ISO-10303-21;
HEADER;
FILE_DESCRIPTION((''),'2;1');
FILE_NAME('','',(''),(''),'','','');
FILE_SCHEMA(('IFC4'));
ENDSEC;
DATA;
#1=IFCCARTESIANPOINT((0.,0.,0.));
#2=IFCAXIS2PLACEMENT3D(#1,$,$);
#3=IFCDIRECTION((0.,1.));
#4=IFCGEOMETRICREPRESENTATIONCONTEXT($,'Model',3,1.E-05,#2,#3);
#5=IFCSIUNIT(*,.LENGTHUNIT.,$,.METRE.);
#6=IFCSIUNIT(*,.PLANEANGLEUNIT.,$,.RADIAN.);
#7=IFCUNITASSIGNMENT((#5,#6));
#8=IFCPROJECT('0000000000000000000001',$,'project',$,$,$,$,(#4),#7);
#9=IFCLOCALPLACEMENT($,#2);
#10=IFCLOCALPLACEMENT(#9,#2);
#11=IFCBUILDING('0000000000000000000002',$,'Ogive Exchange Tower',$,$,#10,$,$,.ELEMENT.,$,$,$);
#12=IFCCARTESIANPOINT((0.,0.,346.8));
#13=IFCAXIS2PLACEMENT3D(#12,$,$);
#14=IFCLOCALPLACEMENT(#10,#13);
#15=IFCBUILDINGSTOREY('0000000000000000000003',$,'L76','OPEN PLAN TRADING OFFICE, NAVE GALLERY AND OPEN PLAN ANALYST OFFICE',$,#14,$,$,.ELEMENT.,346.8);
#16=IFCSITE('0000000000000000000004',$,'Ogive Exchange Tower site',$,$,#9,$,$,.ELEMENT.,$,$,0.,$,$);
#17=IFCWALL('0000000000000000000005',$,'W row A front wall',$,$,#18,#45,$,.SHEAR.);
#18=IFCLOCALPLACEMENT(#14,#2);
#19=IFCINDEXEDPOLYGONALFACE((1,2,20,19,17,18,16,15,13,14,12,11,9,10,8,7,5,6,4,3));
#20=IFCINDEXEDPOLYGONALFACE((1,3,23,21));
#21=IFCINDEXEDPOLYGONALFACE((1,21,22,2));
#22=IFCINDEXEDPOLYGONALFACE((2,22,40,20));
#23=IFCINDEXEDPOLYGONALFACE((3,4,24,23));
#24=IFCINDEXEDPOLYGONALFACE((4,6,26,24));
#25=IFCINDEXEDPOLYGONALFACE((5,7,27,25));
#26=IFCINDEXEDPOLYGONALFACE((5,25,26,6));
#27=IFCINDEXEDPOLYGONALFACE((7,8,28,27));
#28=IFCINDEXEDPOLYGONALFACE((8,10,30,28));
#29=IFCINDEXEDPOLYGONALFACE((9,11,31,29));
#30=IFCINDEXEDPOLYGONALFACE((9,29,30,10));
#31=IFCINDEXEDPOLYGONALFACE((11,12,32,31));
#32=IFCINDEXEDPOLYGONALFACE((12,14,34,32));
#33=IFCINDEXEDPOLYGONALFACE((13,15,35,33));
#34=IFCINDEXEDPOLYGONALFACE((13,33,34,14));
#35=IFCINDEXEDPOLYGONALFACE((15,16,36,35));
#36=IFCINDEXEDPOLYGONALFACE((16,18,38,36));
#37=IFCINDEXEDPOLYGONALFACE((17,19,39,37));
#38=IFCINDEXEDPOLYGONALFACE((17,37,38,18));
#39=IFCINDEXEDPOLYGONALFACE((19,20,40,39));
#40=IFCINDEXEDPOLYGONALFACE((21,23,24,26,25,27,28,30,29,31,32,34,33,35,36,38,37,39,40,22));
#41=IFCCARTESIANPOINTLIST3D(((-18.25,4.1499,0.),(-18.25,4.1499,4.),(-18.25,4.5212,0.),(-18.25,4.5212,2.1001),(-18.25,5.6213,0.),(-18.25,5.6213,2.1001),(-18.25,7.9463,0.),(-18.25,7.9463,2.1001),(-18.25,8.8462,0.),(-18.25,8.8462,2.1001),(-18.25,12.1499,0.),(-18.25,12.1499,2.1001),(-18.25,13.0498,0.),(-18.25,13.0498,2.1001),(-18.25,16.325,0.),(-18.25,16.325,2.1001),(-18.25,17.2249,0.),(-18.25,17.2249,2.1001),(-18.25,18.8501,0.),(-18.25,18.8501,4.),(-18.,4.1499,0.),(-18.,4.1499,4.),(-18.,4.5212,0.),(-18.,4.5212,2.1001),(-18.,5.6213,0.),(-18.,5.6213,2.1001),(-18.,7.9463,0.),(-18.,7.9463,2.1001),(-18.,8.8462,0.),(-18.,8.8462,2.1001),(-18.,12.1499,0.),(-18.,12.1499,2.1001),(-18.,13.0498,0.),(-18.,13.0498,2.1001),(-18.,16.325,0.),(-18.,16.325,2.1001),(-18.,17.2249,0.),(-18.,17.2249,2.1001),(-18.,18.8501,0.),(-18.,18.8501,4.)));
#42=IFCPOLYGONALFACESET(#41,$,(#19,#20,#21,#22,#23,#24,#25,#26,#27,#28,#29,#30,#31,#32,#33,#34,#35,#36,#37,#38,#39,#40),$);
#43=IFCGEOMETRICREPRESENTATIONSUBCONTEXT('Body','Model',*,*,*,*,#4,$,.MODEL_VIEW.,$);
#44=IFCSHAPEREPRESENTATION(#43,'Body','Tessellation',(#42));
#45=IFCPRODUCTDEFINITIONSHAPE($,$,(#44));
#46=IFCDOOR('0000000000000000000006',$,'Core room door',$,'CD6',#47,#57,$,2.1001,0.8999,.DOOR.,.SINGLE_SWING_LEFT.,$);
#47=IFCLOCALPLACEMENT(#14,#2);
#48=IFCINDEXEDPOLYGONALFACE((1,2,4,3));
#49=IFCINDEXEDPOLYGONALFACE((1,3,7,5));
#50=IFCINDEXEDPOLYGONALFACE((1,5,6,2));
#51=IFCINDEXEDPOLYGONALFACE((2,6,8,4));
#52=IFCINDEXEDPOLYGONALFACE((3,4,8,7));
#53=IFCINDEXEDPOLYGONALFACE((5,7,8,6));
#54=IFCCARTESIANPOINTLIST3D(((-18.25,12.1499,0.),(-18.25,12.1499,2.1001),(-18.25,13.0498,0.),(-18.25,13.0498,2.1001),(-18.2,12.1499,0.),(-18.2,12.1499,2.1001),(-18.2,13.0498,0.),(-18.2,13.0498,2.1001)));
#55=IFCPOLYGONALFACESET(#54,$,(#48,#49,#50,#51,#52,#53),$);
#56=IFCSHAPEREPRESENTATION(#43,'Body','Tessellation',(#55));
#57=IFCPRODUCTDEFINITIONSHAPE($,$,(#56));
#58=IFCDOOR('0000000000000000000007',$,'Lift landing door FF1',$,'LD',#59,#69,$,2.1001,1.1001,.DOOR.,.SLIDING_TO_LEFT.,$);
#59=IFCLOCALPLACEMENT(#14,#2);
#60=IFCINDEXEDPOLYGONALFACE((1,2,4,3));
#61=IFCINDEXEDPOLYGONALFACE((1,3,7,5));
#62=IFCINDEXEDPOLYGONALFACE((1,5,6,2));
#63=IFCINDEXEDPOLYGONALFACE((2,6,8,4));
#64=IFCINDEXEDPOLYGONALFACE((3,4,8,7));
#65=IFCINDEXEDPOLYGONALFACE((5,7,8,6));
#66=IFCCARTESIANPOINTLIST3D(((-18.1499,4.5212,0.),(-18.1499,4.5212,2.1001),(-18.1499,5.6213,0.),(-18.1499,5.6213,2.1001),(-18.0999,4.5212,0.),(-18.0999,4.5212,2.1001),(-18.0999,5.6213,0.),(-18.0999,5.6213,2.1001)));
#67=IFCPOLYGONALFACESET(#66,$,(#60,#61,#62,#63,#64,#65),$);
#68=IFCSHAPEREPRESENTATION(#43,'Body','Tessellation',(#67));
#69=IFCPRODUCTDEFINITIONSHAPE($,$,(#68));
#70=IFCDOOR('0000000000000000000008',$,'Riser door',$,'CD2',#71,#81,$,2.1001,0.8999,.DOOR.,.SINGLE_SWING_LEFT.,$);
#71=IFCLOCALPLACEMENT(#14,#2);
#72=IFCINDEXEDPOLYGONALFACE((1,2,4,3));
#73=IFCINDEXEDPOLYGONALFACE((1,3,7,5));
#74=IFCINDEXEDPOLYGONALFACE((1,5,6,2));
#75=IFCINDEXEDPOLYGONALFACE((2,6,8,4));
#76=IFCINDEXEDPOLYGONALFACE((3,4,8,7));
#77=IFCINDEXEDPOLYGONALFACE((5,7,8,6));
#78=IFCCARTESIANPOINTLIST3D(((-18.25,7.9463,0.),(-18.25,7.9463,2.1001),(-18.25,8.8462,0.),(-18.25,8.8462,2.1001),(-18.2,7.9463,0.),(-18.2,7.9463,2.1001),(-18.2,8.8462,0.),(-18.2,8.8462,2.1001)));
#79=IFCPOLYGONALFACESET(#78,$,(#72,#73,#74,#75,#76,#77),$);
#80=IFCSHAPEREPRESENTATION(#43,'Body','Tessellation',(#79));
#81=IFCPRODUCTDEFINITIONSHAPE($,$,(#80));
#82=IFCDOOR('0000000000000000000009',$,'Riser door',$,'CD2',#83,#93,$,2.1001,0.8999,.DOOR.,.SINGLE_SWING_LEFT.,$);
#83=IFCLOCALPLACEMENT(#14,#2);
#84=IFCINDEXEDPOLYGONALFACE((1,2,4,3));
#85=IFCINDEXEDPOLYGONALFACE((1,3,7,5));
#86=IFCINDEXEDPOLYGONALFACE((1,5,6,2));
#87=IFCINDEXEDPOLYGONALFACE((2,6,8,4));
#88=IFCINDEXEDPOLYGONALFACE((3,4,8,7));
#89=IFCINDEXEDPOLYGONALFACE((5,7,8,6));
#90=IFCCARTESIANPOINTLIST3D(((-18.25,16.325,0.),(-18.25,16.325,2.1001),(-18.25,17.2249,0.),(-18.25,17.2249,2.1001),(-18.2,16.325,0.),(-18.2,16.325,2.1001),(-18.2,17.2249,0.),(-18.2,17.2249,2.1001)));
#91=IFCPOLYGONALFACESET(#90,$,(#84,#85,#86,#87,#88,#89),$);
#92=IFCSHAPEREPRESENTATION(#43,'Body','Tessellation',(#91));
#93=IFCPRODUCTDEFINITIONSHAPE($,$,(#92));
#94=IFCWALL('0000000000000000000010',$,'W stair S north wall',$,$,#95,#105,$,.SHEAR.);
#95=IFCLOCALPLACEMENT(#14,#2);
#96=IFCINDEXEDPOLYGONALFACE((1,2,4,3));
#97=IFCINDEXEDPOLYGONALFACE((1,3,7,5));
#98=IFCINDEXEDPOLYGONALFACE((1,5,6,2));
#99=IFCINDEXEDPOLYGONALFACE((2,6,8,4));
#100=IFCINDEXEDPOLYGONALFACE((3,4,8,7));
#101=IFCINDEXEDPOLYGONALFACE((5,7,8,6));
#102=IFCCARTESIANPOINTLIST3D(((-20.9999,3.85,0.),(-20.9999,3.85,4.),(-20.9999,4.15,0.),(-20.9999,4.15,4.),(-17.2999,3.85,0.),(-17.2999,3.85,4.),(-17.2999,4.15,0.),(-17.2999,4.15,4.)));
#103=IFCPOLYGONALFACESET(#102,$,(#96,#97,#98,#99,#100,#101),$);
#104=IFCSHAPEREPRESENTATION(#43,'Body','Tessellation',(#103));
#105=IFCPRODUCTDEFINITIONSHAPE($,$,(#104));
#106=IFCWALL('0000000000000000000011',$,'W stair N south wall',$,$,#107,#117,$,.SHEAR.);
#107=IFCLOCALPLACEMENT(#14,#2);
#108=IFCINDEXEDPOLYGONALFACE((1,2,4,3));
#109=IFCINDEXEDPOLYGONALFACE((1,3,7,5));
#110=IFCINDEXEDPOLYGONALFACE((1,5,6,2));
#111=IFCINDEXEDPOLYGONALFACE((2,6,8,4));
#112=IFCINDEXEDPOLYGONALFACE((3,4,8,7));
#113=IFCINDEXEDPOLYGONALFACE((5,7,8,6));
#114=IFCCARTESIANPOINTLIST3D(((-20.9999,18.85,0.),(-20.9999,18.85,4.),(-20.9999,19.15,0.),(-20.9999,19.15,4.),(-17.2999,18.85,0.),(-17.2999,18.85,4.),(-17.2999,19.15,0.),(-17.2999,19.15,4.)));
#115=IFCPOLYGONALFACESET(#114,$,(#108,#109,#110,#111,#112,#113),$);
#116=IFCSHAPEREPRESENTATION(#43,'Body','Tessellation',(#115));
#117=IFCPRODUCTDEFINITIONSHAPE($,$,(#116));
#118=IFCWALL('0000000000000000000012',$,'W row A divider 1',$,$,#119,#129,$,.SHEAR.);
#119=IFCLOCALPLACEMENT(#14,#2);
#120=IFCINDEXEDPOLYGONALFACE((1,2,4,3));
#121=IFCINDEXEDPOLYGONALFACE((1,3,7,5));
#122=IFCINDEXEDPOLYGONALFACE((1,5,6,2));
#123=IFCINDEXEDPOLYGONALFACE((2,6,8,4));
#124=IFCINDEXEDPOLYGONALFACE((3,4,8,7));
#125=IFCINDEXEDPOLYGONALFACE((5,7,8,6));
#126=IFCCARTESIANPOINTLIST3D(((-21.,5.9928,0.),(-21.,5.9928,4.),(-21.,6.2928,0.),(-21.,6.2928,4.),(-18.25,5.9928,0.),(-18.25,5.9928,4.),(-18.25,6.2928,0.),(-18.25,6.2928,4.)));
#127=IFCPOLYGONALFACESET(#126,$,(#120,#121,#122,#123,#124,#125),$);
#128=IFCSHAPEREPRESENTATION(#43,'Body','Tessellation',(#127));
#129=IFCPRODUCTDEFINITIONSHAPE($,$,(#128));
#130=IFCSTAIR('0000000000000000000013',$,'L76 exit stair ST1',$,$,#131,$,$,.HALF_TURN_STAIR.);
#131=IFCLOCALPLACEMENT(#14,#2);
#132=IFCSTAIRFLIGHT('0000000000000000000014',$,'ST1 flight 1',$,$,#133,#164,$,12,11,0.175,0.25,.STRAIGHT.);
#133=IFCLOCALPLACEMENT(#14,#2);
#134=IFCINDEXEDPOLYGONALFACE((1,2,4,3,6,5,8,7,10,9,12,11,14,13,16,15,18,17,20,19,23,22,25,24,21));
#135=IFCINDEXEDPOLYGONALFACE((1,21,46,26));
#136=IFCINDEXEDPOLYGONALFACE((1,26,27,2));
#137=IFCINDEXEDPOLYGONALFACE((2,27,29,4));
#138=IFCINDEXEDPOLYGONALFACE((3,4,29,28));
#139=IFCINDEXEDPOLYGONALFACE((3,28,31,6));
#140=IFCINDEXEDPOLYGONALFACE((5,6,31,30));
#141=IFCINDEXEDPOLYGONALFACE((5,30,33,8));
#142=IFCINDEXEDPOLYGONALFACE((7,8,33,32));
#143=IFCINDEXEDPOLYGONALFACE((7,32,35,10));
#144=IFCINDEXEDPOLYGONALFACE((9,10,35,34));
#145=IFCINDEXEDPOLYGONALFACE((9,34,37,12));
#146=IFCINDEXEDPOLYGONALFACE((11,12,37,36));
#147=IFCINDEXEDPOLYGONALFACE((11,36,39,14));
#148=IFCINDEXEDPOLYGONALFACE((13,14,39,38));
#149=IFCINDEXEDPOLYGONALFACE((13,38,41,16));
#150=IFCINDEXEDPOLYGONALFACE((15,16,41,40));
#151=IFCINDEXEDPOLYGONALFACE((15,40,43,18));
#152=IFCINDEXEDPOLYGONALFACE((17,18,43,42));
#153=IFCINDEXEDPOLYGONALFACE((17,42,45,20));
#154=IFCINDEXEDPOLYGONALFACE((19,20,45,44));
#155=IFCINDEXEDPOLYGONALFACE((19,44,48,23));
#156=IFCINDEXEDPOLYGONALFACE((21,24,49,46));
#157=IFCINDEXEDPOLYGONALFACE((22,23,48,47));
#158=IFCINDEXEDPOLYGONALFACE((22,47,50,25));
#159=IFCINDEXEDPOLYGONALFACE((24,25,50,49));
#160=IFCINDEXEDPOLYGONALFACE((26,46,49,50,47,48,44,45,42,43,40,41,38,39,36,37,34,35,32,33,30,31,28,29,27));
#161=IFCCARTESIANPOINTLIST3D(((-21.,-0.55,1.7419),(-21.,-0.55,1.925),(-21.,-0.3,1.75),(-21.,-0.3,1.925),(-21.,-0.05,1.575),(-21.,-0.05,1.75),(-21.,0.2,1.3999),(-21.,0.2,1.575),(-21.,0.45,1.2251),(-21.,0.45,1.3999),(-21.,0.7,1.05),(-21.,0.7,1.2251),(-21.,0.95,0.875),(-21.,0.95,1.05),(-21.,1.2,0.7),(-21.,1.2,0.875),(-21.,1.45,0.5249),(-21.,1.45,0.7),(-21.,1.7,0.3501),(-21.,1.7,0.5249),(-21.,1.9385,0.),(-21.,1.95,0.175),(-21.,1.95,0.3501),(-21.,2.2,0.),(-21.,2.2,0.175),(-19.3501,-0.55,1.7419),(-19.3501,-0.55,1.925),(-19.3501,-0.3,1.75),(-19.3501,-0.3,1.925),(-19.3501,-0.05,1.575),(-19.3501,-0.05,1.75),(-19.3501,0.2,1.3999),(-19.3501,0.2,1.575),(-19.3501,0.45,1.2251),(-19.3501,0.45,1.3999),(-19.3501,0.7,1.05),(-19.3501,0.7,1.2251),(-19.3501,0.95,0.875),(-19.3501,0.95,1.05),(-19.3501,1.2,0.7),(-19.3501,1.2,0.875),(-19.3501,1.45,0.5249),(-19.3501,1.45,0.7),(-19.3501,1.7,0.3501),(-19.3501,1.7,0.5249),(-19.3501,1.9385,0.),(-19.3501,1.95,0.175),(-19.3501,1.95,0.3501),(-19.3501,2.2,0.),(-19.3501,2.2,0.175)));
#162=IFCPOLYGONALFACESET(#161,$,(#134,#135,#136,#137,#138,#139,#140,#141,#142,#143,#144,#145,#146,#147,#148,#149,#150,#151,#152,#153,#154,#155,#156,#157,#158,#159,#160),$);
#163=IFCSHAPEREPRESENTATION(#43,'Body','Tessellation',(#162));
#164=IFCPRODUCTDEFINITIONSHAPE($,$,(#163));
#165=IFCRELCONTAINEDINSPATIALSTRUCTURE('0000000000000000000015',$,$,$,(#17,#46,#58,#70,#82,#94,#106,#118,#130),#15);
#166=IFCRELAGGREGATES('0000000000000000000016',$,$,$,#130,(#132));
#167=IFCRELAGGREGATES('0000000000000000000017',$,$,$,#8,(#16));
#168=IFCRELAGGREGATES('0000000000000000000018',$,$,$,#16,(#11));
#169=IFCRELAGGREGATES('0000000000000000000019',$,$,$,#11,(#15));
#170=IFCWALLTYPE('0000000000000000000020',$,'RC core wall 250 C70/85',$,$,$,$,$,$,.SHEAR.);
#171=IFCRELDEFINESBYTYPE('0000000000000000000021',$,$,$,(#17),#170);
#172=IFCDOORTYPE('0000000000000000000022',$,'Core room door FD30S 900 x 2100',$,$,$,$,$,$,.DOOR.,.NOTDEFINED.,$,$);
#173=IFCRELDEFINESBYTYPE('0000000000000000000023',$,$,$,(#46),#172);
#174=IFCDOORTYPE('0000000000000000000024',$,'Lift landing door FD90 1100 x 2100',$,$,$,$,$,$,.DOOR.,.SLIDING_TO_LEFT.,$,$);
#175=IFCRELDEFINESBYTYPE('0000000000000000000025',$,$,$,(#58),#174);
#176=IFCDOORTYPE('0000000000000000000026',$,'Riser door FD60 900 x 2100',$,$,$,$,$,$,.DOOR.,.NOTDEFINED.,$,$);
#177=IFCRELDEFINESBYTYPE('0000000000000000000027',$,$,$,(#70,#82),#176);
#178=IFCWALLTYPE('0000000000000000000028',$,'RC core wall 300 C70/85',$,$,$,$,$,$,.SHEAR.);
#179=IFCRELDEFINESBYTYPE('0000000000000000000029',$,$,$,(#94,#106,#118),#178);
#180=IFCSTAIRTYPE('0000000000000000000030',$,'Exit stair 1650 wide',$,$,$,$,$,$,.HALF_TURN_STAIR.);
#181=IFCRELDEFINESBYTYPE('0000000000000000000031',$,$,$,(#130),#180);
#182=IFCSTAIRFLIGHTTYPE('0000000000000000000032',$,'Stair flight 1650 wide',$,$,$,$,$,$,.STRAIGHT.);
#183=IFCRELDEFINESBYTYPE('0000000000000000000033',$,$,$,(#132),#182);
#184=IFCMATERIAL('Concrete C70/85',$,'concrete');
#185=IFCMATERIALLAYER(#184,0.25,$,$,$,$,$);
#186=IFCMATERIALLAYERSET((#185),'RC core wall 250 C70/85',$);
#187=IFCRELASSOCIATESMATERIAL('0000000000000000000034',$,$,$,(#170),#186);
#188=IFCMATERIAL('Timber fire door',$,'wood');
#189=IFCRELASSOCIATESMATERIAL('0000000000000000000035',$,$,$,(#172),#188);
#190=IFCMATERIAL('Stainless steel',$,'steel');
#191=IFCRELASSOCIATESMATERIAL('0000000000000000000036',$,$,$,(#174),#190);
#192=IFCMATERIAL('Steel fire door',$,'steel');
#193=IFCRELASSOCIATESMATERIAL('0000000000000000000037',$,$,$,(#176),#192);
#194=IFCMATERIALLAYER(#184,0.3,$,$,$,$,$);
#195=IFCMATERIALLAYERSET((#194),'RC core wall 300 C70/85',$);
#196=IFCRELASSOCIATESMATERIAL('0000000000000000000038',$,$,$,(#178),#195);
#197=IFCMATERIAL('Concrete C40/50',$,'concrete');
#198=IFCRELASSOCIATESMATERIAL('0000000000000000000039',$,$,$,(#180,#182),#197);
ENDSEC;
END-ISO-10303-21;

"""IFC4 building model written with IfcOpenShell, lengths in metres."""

from ifc_helpers import new_model, si_unit, direction, frame, frame_2d, origin, place, context, subcontext, project, spatial, polyline, rectangle, outline, extrude, material, layer, layer_set, type_object, element, fill, aggregate, save


model = new_model("IFC4")

# Units and contexts
model_context = context("Model", 3, precision=1e-05, world=origin(), true_north=direction((0.0, 1.0)))
body_context = subcontext(model_context, "Body", "Model", "MODEL_VIEW")
ifc_project = project(units=[si_unit("LENGTHUNIT", "METRE"), si_unit("PLANEANGLEUNIT", "RADIAN")], contexts=[model_context])

# Site, building, storey
site_placement = place(None, origin())
site = spatial("IfcSite", under=ifc_project, at=site_placement, Name="Ogive Exchange Tower site", CompositionType="ELEMENT", RefElevation=0.0)
building_placement = place(site_placement, origin())
building = spatial("IfcBuilding", under=site, at=building_placement, Name="Ogive Exchange Tower", CompositionType="ELEMENT")
storey_placement = place(building_placement, frame((0.0, 0.0, 346.8)))
storey = spatial("IfcBuildingStorey", under=building, at=storey_placement, Name="L76", Description="OPEN PLAN TRADING OFFICE, NAVE GALLERY AND OPEN PLAN ANALYST OFFICE", CompositionType="ELEMENT", Elevation=346.8)

# Shared definitions
ifc_material_1 = material(Name="Concrete C70/85", Category="concrete")
ifc_material_2 = material(Name="Steel fire door", Category="steel")

# Wall, openings, doors
ifc_layer_1 = layer(ifc_material_1, 0.25)
ifc_layer_set_1 = layer_set([ifc_layer_1], Name="RC core wall 250 C70/85")
wall_type_1 = type_object("IfcWallType", Name="RC core wall 250 C70/85", PredefinedType="SHEAR", material=ifc_layer_set_1)
wall_1_placement = place(storey_placement, frame((-18.125, 4.1499, 0.0), z_axis=(0.0, 0.0, 1.0), x_axis=(0.0, 1.0, 0.0)))
wall_1 = element("IfcWall", 1, at=wall_1_placement, inside=storey, type_object=wall_type_1, Name="W row A front wall", PredefinedType="SHEAR", context=body_context, shape_type="SweptSolid", body=[
    extrude(rectangle(XDim=14.7002, YDim=0.25, at=frame_2d((7.3501, 0.0))), origin(), (0.0, 0.0, 1.0), 4.0),
])
opening_1_placement = place(wall_1_placement, frame((3.7964, 0.0, 0.0)))
opening_1 = element("IfcOpeningElement", 2, at=opening_1_placement, cuts=wall_1, PredefinedType="OPENING", context=body_context, shape_type="SweptSolid", body=[
    extrude(rectangle(XDim=0.8999, YDim=2.1001, at=frame_2d((0.45, 1.05))), frame((0.0, 0.135, 0.0), z_axis=(0.0, -1.0, 0.0), x_axis=(1.0, 0.0, 0.0)), (0.0, 0.0, 1.0), 0.27),
])
opening_2_placement = place(wall_1_placement, frame((8.0, 0.0, 0.0)))
opening_2 = element("IfcOpeningElement", 3, at=opening_2_placement, cuts=wall_1, PredefinedType="OPENING", context=body_context, shape_type="SweptSolid", body=[
    extrude(rectangle(XDim=0.8999, YDim=2.1001, at=frame_2d((0.45, 1.05))), frame((0.0, 0.135, 0.0), z_axis=(0.0, -1.0, 0.0), x_axis=(1.0, 0.0, 0.0)), (0.0, 0.0, 1.0), 0.27),
])
opening_3_placement = place(wall_1_placement, frame((12.175, 0.0, 0.0)))
opening_3 = element("IfcOpeningElement", 4, at=opening_3_placement, cuts=wall_1, PredefinedType="OPENING", context=body_context, shape_type="SweptSolid", body=[
    extrude(rectangle(XDim=0.8999, YDim=2.1001, at=frame_2d((0.45, 1.05))), frame((0.0, 0.135, 0.0), z_axis=(0.0, -1.0, 0.0), x_axis=(1.0, 0.0, 0.0)), (0.0, 0.0, 1.0), 0.27),
])
opening_4_placement = place(wall_1_placement, frame((0.3713, 0.0, 0.0)))
opening_4 = element("IfcOpeningElement", 5, at=opening_4_placement, cuts=wall_1, PredefinedType="OPENING", context=body_context, shape_type="SweptSolid", body=[
    extrude(rectangle(XDim=1.1001, YDim=2.1001, at=frame_2d((0.55, 1.05))), frame((0.0, 0.135, 0.0), z_axis=(0.0, -1.0, 0.0), x_axis=(1.0, 0.0, 0.0)), (0.0, 0.0, 1.0), 0.27),
])
ifc_material_3 = material(Name="Timber fire door", Category="wood")
door_type_1 = type_object("IfcDoorType", Name="Core room door FD30S 900 x 2100", OperationType="NOTDEFINED", PredefinedType="DOOR", material=ifc_material_3)
door_1_placement = place(opening_2_placement, origin())
door_1 = element("IfcDoor", 6, at=door_1_placement, inside=storey, type_object=door_type_1, Name="Core room door", ObjectType="CD6", OperationType="SINGLE_SWING_LEFT", OverallHeight=2.1001, OverallWidth=0.8999, PredefinedType="DOOR", context=body_context, shape_type="SweptSolid", body=[
    extrude(rectangle(XDim=0.8999, YDim=2.1001, at=frame_2d((0.45, 1.05))), frame((0.0, 0.125, 0.0), z_axis=(0.0, -1.0, 0.0), x_axis=(1.0, 0.0, 0.0)), (0.0, 0.0, 1.0), 0.05),
])
fill(opening_2, door_1)
ifc_material_4 = material(Name="Stainless steel", Category="steel")
door_type_2 = type_object("IfcDoorType", Name="Lift landing door FD90 1100 x 2100", OperationType="SLIDING_TO_LEFT", PredefinedType="DOOR", material=ifc_material_4)
door_2_placement = place(opening_4_placement, origin())
door_2 = element("IfcDoor", 7, at=door_2_placement, inside=storey, type_object=door_type_2, Name="Lift landing door FF1", ObjectType="LD", OperationType="SLIDING_TO_LEFT", OverallHeight=2.1001, OverallWidth=1.1001, PredefinedType="DOOR", context=body_context, shape_type="SweptSolid", body=[
    extrude(rectangle(XDim=1.1001, YDim=2.1001, at=frame_2d((0.55, 1.05))), frame((0.0, 0.0249, 0.0), z_axis=(0.0, -1.0, 0.0), x_axis=(1.0, 0.0, 0.0)), (0.0, 0.0, 1.0), 0.05),
])
fill(opening_4, door_2)
door_type_3 = type_object("IfcDoorType", Name="Riser door FD60 900 x 2100", OperationType="NOTDEFINED", PredefinedType="DOOR", material=ifc_material_2)
door_3_placement = place(opening_1_placement, origin())
door_3 = element("IfcDoor", 8, at=door_3_placement, inside=storey, type_object=door_type_3, Name="Riser door", ObjectType="CD2", OperationType="SINGLE_SWING_LEFT", OverallHeight=2.1001, OverallWidth=0.8999, PredefinedType="DOOR", context=body_context, shape_type="SweptSolid", body=[
    extrude(rectangle(XDim=0.8999, YDim=2.1001, at=frame_2d((0.45, 1.05))), frame((0.0, 0.125, 0.0), z_axis=(0.0, -1.0, 0.0), x_axis=(1.0, 0.0, 0.0)), (0.0, 0.0, 1.0), 0.05),
])
fill(opening_1, door_3)
door_4_placement = place(opening_3_placement, origin())
door_4 = element("IfcDoor", 9, at=door_4_placement, inside=storey, type_object=door_type_3, Name="Riser door", ObjectType="CD2", OperationType="SINGLE_SWING_LEFT", OverallHeight=2.1001, OverallWidth=0.8999, PredefinedType="DOOR", context=body_context, shape_type="SweptSolid", body=[
    extrude(rectangle(XDim=0.8999, YDim=2.1001, at=frame_2d((0.45, 1.05))), frame((0.0, 0.125, 0.0), z_axis=(0.0, -1.0, 0.0), x_axis=(1.0, 0.0, 0.0)), (0.0, 0.0, 1.0), 0.05),
])
fill(opening_3, door_4)

# Walls
ifc_layer_2 = layer(ifc_material_1, 0.3)
ifc_layer_set_2 = layer_set([ifc_layer_2], Name="RC core wall 300 C70/85")
wall_type_2 = type_object("IfcWallType", Name="RC core wall 300 C70/85", PredefinedType="SHEAR", material=ifc_layer_set_2)
for number, where, z_axis, x_axis, name in (
    (10, (-21.0, 4.0, 0.0), (0.0, 0.0, 1.0), (1.0, 0.0, 0.0), "W stair S north wall"),
    (11, (-21.0, 19.0, 0.0), (0.0, 0.0, 1.0), (1.0, 0.0, 0.0), "W stair N south wall"),
):
    element("IfcWall", number, at=place(storey_placement, frame(where, z_axis=z_axis, x_axis=x_axis)), inside=storey, type_object=wall_type_2, Name=name, PredefinedType="SHEAR", context=body_context, shape_type="SweptSolid", body=[
        extrude(rectangle(XDim=3.7, YDim=0.3, at=frame_2d((1.8501, 0.0))), origin(), (0.0, 0.0, 1.0), 4.0),
    ])
wall_2_placement = place(storey_placement, frame((-21.0, 6.1428, 0.0), z_axis=(0.0, 0.0, 1.0), x_axis=(1.0, 0.0, 0.0)))
element("IfcWall", 12, at=wall_2_placement, inside=storey, type_object=wall_type_2, Name="W row A divider 1", PredefinedType="SHEAR", context=body_context, shape_type="SweptSolid", body=[
    extrude(rectangle(XDim=2.75, YDim=0.3, at=frame_2d((1.375, 0.0))), origin(), (0.0, 0.0, 1.0), 4.0),
])

# Stair, stair flight
ifc_material_5 = material(Name="Concrete C40/50", Category="concrete")
stair_type = type_object("IfcStairType", Name="Exit stair 1650 wide", PredefinedType="HALF_TURN_STAIR", material=ifc_material_5)
stair_placement = place(storey_placement, origin())
stair = element("IfcStair", 13, at=stair_placement, inside=storey, type_object=stair_type, Name="L76 exit stair ST1", PredefinedType="HALF_TURN_STAIR")
stair_flight_type = type_object("IfcStairFlightType", Name="Stair flight 1650 wide", PredefinedType="STRAIGHT", material=ifc_material_5)
stair_flight_placement = place(storey_placement, frame((-20.175, 2.2, 0.0), z_axis=(0.0, 0.0, 1.0), x_axis=(0.0, -1.0, 0.0)))
stair_flight = element("IfcStairFlight", 14, at=stair_flight_placement, type_object=stair_flight_type, Name="ST1 flight 1", NumberOfRisers=12, NumberOfTreads=11, PredefinedType="STRAIGHT", RiserHeight=0.175, TreadLength=0.25, context=body_context, shape_type="SweptSolid", body=[
    extrude(outline(polyline([(0.0, 0.0), (0.0, 0.175), (0.25, 0.175), (0.25, 0.3501), (0.5, 0.3501), (0.5, 0.5249), (0.75, 0.5249), (0.75, 0.7), (1.0, 0.7), (1.0, 0.875), (1.25, 0.875), (1.25, 1.05), (1.5, 1.05), (1.5, 1.2251), (1.75, 1.2251), (1.75, 1.3999), (2.0, 1.3999), (2.0, 1.575), (2.25, 1.575), (2.25, 1.75), (2.5, 1.75), (2.5, 1.925), (2.75, 1.925), (2.75, 2.1001), (2.75, 1.7419), (0.2615, 0.0), (0.0, 0.0)])), frame((0.0, 0.825, 0.0), z_axis=(0.0, -1.0, 0.0), x_axis=(1.0, 0.0, 0.0)), (0.0, 0.0, 1.0), 1.6499),
])
aggregate(stair, [stair_flight])

save(model, "model.ifc")
